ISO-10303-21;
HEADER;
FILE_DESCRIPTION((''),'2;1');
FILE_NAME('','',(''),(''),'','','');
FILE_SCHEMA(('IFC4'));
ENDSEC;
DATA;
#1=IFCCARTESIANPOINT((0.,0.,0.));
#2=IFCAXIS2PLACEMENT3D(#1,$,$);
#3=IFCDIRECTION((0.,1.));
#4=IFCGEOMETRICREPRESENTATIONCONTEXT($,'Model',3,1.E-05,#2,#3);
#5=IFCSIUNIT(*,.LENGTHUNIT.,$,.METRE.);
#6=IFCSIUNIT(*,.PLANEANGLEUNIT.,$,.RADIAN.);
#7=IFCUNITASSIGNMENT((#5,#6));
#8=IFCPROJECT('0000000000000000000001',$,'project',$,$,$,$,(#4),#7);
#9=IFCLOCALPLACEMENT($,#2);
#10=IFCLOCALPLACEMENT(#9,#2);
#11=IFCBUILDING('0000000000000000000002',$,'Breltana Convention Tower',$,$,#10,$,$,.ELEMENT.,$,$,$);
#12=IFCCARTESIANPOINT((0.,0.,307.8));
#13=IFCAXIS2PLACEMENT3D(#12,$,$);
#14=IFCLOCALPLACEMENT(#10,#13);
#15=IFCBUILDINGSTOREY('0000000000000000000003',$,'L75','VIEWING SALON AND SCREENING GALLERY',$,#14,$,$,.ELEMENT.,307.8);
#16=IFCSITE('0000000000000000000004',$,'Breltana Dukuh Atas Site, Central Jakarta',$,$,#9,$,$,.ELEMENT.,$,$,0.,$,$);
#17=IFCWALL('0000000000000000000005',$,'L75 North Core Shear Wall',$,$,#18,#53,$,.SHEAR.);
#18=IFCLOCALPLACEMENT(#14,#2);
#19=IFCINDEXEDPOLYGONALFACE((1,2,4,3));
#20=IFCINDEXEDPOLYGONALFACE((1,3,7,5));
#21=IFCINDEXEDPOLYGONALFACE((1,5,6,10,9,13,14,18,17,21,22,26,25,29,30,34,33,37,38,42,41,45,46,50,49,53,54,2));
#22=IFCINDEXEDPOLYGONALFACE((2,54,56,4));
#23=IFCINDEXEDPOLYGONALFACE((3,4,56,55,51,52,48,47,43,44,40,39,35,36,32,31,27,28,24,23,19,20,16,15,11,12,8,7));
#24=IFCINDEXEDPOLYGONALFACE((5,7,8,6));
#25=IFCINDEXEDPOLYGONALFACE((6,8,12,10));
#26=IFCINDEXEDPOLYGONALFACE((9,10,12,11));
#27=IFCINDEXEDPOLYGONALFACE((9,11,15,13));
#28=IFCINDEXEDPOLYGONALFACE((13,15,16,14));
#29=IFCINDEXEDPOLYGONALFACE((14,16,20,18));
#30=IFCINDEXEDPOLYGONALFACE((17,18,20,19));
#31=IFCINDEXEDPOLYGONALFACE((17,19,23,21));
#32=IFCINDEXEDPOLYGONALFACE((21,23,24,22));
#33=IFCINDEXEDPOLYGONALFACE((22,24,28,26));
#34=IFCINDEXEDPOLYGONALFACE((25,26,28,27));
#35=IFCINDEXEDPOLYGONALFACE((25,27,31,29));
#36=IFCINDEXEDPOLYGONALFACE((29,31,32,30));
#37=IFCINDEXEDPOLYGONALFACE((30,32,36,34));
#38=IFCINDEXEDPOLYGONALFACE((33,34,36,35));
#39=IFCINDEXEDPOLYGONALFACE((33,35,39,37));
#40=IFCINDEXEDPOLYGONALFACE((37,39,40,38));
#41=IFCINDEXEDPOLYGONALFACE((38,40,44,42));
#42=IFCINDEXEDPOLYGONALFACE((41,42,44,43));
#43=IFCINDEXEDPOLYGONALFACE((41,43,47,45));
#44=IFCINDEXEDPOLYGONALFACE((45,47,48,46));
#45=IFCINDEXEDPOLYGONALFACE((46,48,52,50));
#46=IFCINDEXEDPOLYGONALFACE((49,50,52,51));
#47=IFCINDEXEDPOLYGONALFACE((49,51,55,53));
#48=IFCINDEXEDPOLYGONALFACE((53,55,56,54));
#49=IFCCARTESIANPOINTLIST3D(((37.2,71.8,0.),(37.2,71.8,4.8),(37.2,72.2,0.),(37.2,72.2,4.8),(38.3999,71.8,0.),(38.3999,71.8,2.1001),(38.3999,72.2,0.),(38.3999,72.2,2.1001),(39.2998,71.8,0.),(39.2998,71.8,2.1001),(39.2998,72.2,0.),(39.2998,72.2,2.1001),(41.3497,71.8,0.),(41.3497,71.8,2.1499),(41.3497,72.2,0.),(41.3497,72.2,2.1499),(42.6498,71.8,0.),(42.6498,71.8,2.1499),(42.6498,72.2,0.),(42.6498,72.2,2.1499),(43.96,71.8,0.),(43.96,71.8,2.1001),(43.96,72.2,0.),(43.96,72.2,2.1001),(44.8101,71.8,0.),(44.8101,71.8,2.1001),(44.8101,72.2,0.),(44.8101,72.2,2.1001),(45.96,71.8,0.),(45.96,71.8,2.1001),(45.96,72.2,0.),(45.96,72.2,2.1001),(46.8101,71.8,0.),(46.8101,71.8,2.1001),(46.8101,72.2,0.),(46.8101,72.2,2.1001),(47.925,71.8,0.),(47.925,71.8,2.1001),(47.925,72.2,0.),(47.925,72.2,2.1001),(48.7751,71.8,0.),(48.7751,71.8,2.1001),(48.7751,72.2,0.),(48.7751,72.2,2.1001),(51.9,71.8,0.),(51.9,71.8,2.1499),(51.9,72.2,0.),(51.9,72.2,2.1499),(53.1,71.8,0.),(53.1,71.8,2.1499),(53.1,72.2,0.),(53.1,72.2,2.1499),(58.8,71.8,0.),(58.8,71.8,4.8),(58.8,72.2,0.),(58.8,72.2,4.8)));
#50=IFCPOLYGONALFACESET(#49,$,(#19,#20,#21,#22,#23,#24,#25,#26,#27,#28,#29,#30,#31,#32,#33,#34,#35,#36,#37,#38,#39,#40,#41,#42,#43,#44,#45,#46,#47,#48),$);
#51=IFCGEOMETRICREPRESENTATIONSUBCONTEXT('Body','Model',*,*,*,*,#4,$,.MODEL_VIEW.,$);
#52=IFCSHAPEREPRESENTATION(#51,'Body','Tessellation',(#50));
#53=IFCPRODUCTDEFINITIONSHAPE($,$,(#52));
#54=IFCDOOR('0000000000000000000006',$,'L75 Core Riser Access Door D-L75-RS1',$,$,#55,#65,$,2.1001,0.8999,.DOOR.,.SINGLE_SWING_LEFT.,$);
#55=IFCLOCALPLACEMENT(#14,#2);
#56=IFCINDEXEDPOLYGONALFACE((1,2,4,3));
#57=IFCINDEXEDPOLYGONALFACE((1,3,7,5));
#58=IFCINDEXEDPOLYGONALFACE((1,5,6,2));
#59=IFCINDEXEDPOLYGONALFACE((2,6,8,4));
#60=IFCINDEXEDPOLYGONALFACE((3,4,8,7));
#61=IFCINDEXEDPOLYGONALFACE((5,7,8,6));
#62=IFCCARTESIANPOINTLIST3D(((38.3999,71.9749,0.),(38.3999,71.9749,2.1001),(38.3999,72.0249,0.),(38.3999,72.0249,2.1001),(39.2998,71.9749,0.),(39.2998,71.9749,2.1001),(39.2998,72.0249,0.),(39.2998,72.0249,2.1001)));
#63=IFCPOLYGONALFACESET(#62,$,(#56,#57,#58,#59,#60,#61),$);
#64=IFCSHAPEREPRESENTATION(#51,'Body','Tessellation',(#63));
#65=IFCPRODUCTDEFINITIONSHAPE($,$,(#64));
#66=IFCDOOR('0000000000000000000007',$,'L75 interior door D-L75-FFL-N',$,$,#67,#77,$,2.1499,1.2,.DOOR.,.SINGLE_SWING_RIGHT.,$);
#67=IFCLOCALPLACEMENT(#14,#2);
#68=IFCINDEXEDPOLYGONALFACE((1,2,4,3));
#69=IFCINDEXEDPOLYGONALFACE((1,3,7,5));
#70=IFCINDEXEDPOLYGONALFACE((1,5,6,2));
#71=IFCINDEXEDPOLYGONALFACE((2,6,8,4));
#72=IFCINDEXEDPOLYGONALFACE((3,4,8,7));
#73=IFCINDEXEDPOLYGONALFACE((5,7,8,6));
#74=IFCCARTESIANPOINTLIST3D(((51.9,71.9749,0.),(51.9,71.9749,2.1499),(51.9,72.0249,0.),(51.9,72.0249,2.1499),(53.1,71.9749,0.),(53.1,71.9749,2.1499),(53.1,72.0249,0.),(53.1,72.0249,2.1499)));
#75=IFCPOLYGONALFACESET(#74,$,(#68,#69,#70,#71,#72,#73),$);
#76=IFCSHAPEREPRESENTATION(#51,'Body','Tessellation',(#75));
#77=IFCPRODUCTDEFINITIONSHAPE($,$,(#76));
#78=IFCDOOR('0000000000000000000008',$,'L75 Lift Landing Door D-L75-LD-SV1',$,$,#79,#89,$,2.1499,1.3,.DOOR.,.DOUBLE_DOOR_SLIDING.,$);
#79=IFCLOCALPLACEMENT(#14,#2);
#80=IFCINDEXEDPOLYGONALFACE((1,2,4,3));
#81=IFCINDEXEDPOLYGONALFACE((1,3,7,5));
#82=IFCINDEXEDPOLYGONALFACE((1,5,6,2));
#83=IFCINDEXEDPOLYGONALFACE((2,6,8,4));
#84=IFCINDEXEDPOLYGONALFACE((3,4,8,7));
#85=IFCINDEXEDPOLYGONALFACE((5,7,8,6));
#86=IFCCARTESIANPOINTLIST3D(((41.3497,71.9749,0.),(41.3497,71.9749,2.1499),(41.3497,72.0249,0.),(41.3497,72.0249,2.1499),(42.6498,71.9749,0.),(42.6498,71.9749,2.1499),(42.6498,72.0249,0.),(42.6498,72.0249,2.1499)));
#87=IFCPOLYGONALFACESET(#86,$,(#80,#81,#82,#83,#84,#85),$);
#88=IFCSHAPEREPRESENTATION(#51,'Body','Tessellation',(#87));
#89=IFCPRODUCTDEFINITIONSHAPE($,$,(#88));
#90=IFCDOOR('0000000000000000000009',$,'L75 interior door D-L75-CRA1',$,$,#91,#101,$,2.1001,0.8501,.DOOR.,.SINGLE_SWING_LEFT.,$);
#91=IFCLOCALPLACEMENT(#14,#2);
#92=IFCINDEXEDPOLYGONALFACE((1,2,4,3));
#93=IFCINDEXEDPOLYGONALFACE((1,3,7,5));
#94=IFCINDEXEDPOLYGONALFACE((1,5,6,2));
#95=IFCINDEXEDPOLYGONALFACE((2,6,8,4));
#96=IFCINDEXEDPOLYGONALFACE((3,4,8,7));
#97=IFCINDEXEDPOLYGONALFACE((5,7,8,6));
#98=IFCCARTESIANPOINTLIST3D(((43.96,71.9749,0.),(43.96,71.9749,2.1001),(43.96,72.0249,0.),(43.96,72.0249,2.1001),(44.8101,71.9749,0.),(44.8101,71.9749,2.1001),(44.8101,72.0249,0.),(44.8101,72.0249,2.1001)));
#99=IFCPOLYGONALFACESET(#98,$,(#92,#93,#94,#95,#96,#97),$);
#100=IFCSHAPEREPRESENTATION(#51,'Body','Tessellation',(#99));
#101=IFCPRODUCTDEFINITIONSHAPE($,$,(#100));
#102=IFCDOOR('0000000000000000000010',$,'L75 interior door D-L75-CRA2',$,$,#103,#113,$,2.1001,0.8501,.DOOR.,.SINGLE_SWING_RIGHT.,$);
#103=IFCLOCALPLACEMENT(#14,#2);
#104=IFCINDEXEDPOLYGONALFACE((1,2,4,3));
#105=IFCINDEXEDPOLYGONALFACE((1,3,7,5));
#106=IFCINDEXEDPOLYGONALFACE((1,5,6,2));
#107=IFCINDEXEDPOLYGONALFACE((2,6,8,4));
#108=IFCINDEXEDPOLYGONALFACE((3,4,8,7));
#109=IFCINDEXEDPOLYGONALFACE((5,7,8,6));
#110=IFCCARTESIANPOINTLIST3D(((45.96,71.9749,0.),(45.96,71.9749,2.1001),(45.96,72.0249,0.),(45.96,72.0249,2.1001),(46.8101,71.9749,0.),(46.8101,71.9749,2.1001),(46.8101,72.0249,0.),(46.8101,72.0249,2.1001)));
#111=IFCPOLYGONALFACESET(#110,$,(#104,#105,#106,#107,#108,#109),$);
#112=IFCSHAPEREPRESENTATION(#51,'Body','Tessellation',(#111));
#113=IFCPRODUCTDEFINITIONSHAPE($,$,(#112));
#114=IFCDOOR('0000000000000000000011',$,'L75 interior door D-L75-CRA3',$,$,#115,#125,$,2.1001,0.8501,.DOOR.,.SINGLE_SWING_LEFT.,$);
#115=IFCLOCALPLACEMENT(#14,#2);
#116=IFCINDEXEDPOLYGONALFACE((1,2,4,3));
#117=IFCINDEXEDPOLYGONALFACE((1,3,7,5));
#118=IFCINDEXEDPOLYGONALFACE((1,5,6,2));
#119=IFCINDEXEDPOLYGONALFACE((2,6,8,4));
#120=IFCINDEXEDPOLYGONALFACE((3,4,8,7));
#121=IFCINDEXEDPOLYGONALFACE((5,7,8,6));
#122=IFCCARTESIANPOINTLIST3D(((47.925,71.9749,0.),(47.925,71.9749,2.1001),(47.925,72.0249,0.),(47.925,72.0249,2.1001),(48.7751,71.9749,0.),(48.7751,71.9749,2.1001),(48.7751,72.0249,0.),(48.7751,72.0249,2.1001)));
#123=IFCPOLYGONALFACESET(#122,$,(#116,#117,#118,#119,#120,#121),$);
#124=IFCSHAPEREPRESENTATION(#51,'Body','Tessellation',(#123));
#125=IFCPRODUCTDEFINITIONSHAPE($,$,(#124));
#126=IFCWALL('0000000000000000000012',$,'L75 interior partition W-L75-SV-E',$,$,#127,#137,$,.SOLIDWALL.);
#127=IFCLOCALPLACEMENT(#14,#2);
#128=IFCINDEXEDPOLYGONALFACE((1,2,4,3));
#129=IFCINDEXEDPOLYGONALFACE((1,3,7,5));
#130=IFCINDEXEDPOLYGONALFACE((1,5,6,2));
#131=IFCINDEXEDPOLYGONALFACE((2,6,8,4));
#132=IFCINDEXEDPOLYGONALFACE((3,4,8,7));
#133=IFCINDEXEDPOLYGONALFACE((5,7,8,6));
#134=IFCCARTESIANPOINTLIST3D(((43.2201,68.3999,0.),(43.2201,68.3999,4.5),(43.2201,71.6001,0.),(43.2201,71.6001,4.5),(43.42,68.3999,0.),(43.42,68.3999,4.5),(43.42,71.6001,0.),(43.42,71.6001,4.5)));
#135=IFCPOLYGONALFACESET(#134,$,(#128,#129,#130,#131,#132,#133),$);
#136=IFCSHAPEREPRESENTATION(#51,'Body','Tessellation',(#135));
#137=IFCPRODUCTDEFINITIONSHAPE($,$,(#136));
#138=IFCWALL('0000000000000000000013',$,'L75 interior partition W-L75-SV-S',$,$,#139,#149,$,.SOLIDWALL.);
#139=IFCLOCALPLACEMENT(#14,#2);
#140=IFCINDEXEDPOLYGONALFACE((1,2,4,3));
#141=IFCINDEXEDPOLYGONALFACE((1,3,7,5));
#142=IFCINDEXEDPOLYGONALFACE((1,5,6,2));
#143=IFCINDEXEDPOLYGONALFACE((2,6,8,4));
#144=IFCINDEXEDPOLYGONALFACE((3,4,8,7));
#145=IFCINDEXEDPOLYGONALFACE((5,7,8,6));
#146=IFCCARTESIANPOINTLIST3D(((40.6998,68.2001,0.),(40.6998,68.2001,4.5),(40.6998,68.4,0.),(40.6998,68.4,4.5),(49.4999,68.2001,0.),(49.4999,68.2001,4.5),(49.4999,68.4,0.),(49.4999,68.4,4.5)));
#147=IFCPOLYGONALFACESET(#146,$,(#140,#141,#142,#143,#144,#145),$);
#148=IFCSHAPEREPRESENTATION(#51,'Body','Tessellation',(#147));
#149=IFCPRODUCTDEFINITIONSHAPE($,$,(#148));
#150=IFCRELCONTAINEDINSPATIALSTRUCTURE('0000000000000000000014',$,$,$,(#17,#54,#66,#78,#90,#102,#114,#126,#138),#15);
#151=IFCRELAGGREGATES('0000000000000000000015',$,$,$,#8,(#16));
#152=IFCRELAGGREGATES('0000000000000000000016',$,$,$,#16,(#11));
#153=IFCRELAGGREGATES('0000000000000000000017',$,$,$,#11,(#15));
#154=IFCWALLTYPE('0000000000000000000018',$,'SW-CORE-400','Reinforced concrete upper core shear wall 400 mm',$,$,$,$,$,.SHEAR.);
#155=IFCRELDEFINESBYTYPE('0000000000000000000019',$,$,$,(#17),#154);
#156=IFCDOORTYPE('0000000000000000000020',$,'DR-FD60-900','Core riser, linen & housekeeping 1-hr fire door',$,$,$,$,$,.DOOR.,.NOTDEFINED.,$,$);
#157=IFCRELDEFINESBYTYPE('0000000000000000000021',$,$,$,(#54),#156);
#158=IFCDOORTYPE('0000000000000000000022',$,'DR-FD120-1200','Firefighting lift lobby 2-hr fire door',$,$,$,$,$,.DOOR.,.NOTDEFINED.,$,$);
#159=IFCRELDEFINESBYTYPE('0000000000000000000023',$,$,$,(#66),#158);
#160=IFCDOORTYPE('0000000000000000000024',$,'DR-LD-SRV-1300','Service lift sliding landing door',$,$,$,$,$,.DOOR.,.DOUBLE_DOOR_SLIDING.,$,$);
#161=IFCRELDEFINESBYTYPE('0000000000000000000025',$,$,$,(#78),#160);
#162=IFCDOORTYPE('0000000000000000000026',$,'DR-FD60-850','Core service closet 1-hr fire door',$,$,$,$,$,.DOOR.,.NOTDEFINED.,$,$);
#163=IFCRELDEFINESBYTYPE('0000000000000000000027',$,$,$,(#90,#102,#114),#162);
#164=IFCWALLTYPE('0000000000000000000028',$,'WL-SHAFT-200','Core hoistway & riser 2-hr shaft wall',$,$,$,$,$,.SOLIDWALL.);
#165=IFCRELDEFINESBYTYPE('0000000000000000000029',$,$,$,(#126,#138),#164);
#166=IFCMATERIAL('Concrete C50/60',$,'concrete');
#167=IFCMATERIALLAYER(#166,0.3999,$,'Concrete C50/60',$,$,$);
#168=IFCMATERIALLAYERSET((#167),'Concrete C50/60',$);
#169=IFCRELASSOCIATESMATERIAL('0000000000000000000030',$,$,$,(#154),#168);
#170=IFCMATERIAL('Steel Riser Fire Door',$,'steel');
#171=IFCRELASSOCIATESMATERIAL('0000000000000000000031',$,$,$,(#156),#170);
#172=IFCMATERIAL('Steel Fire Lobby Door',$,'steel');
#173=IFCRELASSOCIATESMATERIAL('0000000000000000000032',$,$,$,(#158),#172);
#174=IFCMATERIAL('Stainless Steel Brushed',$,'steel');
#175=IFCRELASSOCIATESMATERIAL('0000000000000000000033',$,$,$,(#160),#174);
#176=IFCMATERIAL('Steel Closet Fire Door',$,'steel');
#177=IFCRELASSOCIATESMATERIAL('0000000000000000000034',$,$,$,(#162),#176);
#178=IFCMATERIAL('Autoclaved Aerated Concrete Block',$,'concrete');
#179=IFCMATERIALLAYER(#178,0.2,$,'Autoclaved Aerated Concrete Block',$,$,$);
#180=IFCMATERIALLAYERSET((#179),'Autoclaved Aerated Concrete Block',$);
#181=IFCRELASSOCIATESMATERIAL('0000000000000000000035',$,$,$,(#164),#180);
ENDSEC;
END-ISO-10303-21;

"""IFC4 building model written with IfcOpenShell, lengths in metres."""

from ifc_helpers import new_model, si_unit, direction, frame, frame_2d, origin, place, context, subcontext, project, spatial, rectangle, extrude, source, transform, mapped, material, layer, layer_set, type_object, type_shapes, element, fill, save


model = new_model("IFC4")

# Units and contexts
model_context = context("Model", 3, precision=1e-05, world=origin(), true_north=direction((0.0, 1.0)))
body_context = subcontext(model_context, "Body", "Model", "MODEL_VIEW")
ifc_project = project(units=[si_unit("LENGTHUNIT", "METRE"), si_unit("PLANEANGLEUNIT", "RADIAN")], contexts=[model_context])

# Site, building, storey
site_placement = place(None, origin())
site = spatial("IfcSite", under=ifc_project, at=site_placement, Name="Breltana Dukuh Atas Site, Central Jakarta", CompositionType="ELEMENT", RefElevation=0.0)
building_placement = place(site_placement, origin())
building = spatial("IfcBuilding", under=site, at=building_placement, Name="Breltana Convention Tower", CompositionType="ELEMENT")
storey_placement = place(building_placement, frame((0.0, 0.0, 307.8)))
storey = spatial("IfcBuildingStorey", under=building, at=storey_placement, Name="L75", Description="VIEWING SALON AND SCREENING GALLERY", CompositionType="ELEMENT", Elevation=307.8)

# Shared definitions
ifc_material_1 = material(Name="Concrete C50/60", Category="concrete")
ifc_layer_1 = layer(ifc_material_1, 0.3999, Name="Concrete C50/60")
ifc_layer_set_1 = layer_set([ifc_layer_1], Name="Concrete C50/60")
wall_type_1 = type_object("IfcWallType", Name="SW-CORE-400", Description="Reinforced concrete upper core shear wall 400 mm", PredefinedType="SHEAR", material=ifc_layer_set_1)

# Wall, openings, doors
shared_shape_1 = source(origin(), body_context, "Body", "SweptSolid", [
    extrude(rectangle(XDim=21.6001, YDim=0.3999, at=frame_2d((10.8, 0.0))), origin(), (0.0, 0.0, 1.0), 4.8),
])
wall_1_placement = place(storey_placement, frame((37.2, 72.0, 0.0), z_axis=(0.0, 0.0, 1.0), x_axis=(1.0, 0.0, 0.0)))
wall_1 = element("IfcWall", 1, at=wall_1_placement, inside=storey, type_object=wall_type_1, Name="L75 North Core Shear Wall", PredefinedType="SHEAR", context=body_context, shape_type="MappedRepresentation", body=[
    mapped(shared_shape_1, transform((0.0, 0.0, 0.0), scale=1.0)),
])
opening_1_placement = place(wall_1_placement, frame((1.2, 0.0, 0.0)))
opening_1 = element("IfcOpeningElement", 2, at=opening_1_placement, cuts=wall_1, PredefinedType="OPENING", context=body_context, shape_type="SweptSolid", body=[
    extrude(rectangle(XDim=0.8999, YDim=2.1001, at=frame_2d((0.45, 1.05))), frame((0.0, 0.21, 0.0), z_axis=(0.0, -1.0, 0.0), x_axis=(1.0, 0.0, 0.0)), (0.0, 0.0, 1.0), 0.4199),
])
opening_2_placement = place(wall_1_placement, frame((14.7, 0.0, 0.0)))
opening_2 = element("IfcOpeningElement", 3, at=opening_2_placement, cuts=wall_1, PredefinedType="OPENING", context=body_context, shape_type="SweptSolid", body=[
    extrude(rectangle(XDim=1.2, YDim=2.1499, at=frame_2d((0.6001, 1.075))), frame((0.0, 0.21, 0.0), z_axis=(0.0, -1.0, 0.0), x_axis=(1.0, 0.0, 0.0)), (0.0, 0.0, 1.0), 0.4199),
])
opening_3_placement = place(wall_1_placement, frame((4.1499, 0.0, 0.0)))
opening_3 = element("IfcOpeningElement", 4, at=opening_3_placement, cuts=wall_1, PredefinedType="OPENING", context=body_context, shape_type="SweptSolid", body=[
    extrude(rectangle(XDim=1.3, YDim=2.1499, at=frame_2d((0.6499, 1.075))), frame((0.0, 0.21, 0.0), z_axis=(0.0, -1.0, 0.0), x_axis=(1.0, 0.0, 0.0)), (0.0, 0.0, 1.0), 0.4199),
])
opening_4_placement = place(wall_1_placement, frame((6.76, 0.0, 0.0)))
opening_4 = element("IfcOpeningElement", 5, at=opening_4_placement, cuts=wall_1, PredefinedType="OPENING", context=body_context, shape_type="SweptSolid", body=[
    extrude(rectangle(XDim=0.8501, YDim=2.1001, at=frame_2d((0.425, 1.05))), frame((0.0, 0.21, 0.0), z_axis=(0.0, -1.0, 0.0), x_axis=(1.0, 0.0, 0.0)), (0.0, 0.0, 1.0), 0.4199),
])
opening_5_placement = place(wall_1_placement, frame((8.76, 0.0, 0.0)))
opening_5 = element("IfcOpeningElement", 6, at=opening_5_placement, cuts=wall_1, PredefinedType="OPENING", context=body_context, shape_type="SweptSolid", body=[
    extrude(rectangle(XDim=0.8501, YDim=2.1001, at=frame_2d((0.425, 1.05))), frame((0.0, 0.21, 0.0), z_axis=(0.0, -1.0, 0.0), x_axis=(1.0, 0.0, 0.0)), (0.0, 0.0, 1.0), 0.4199),
])
opening_6_placement = place(wall_1_placement, frame((10.7251, 0.0, 0.0)))
opening_6 = element("IfcOpeningElement", 7, at=opening_6_placement, cuts=wall_1, PredefinedType="OPENING", context=body_context, shape_type="SweptSolid", body=[
    extrude(rectangle(XDim=0.8501, YDim=2.1001, at=frame_2d((0.425, 1.05))), frame((0.0, 0.21, 0.0), z_axis=(0.0, -1.0, 0.0), x_axis=(1.0, 0.0, 0.0)), (0.0, 0.0, 1.0), 0.4199),
])
ifc_material_2 = material(Name="Steel Riser Fire Door", Category="steel")
door_type_1 = type_object("IfcDoorType", Name="DR-FD60-900", Description="Core riser, linen & housekeeping 1-hr fire door", OperationType="NOTDEFINED", PredefinedType="DOOR", material=ifc_material_2)
shared_shape_2 = source(origin(), body_context, "Body", "SweptSolid", [
    extrude(rectangle(XDim=0.8999, YDim=2.1001, at=frame_2d((0.45, 1.05))), frame((0.0, 0.0249, 0.0), z_axis=(0.0, -1.0, 0.0), x_axis=(1.0, 0.0, 0.0)), (0.0, 0.0, 1.0), 0.05),
])
type_shapes(door_type_1, [shared_shape_2])
door_1_placement = place(opening_1_placement, origin())
door_1 = element("IfcDoor", 8, at=door_1_placement, inside=storey, type_object=door_type_1, Name="L75 Core Riser Access Door D-L75-RS1", OperationType="SINGLE_SWING_LEFT", OverallHeight=2.1001, OverallWidth=0.8999, PredefinedType="DOOR", context=body_context, shape_type="MappedRepresentation", body=[
    mapped(shared_shape_2, transform((0.0, 0.0, 0.0), scale=1.0)),
])
fill(opening_1, door_1)
ifc_material_3 = material(Name="Steel Fire Lobby Door", Category="steel")
door_type_2 = type_object("IfcDoorType", Name="DR-FD120-1200", Description="Firefighting lift lobby 2-hr fire door", OperationType="NOTDEFINED", PredefinedType="DOOR", material=ifc_material_3)
shared_shape_3 = source(origin(), body_context, "Body", "SweptSolid", [
    extrude(rectangle(XDim=1.2, YDim=2.1499, at=frame_2d((0.6001, 1.075))), frame((0.0, 0.0249, 0.0), z_axis=(0.0, -1.0, 0.0), x_axis=(1.0, 0.0, 0.0)), (0.0, 0.0, 1.0), 0.05),
])
type_shapes(door_type_2, [shared_shape_3])
door_2_placement = place(opening_2_placement, origin())
door_2 = element("IfcDoor", 9, at=door_2_placement, inside=storey, type_object=door_type_2, Name="L75 interior door D-L75-FFL-N", OperationType="SINGLE_SWING_RIGHT", OverallHeight=2.1499, OverallWidth=1.2, PredefinedType="DOOR", context=body_context, shape_type="MappedRepresentation", body=[
    mapped(shared_shape_3, transform((0.0, 0.0, 0.0), scale=1.0)),
])
fill(opening_2, door_2)
ifc_material_4 = material(Name="Stainless Steel Brushed", Category="steel")
door_type_3 = type_object("IfcDoorType", Name="DR-LD-SRV-1300", Description="Service lift sliding landing door", OperationType="DOUBLE_DOOR_SLIDING", PredefinedType="DOOR", material=ifc_material_4)
shared_shape_4 = source(origin(), body_context, "Body", "SweptSolid", [
    extrude(rectangle(XDim=1.3, YDim=2.1499, at=frame_2d((0.6499, 1.075))), frame((0.0, 0.0249, 0.0), z_axis=(0.0, -1.0, 0.0), x_axis=(1.0, 0.0, 0.0)), (0.0, 0.0, 1.0), 0.05),
])
type_shapes(door_type_3, [shared_shape_4])
door_3_placement = place(opening_3_placement, origin())
door_3 = element("IfcDoor", 10, at=door_3_placement, inside=storey, type_object=door_type_3, Name="L75 Lift Landing Door D-L75-LD-SV1", OperationType="DOUBLE_DOOR_SLIDING", OverallHeight=2.1499, OverallWidth=1.3, PredefinedType="DOOR", context=body_context, shape_type="MappedRepresentation", body=[
    mapped(shared_shape_4, transform((0.0, 0.0, 0.0), scale=1.0)),
])
fill(opening_3, door_3)
ifc_material_5 = material(Name="Steel Closet Fire Door", Category="steel")
door_type_4 = type_object("IfcDoorType", Name="DR-FD60-850", Description="Core service closet 1-hr fire door", OperationType="NOTDEFINED", PredefinedType="DOOR", material=ifc_material_5)
shared_shape_5 = source(origin(), body_context, "Body", "SweptSolid", [
    extrude(rectangle(XDim=0.8501, YDim=2.1001, at=frame_2d((0.425, 1.05))), frame((0.0, 0.0249, 0.0), z_axis=(0.0, -1.0, 0.0), x_axis=(1.0, 0.0, 0.0)), (0.0, 0.0, 1.0), 0.05),
])
type_shapes(door_type_4, [shared_shape_5])
door_4_placement = place(opening_4_placement, origin())
door_4 = element("IfcDoor", 11, at=door_4_placement, inside=storey, type_object=door_type_4, Name="L75 interior door D-L75-CRA1", OperationType="SINGLE_SWING_LEFT", OverallHeight=2.1001, OverallWidth=0.8501, PredefinedType="DOOR", context=body_context, shape_type="MappedRepresentation", body=[
    mapped(shared_shape_5, transform((0.0, 0.0, 0.0), scale=1.0)),
])
fill(opening_4, door_4)
door_5_placement = place(opening_5_placement, origin())
door_5 = element("IfcDoor", 12, at=door_5_placement, inside=storey, type_object=door_type_4, Name="L75 interior door D-L75-CRA2", OperationType="SINGLE_SWING_RIGHT", OverallHeight=2.1001, OverallWidth=0.8501, PredefinedType="DOOR", context=body_context, shape_type="MappedRepresentation", body=[
    mapped(shared_shape_5, transform((0.0, 0.0, 0.0), scale=1.0)),
])
fill(opening_5, door_5)
door_6_placement = place(opening_6_placement, origin())
door_6 = element("IfcDoor", 13, at=door_6_placement, inside=storey, type_object=door_type_4, Name="L75 interior door D-L75-CRA3", OperationType="SINGLE_SWING_LEFT", OverallHeight=2.1001, OverallWidth=0.8501, PredefinedType="DOOR", context=body_context, shape_type="MappedRepresentation", body=[
    mapped(shared_shape_5, transform((0.0, 0.0, 0.0), scale=1.0)),
])
fill(opening_6, door_6)

# Walls
ifc_material_6 = material(Name="Autoclaved Aerated Concrete Block", Category="concrete")
ifc_layer_2 = layer(ifc_material_6, 0.2, Name="Autoclaved Aerated Concrete Block")
ifc_layer_set_2 = layer_set([ifc_layer_2], Name="Autoclaved Aerated Concrete Block")
wall_type_2 = type_object("IfcWallType", Name="WL-SHAFT-200", Description="Core hoistway & riser 2-hr shaft wall", PredefinedType="SOLIDWALL", material=ifc_layer_set_2)
shared_shape_6 = source(origin(), body_context, "Body", "SweptSolid", [
    extrude(rectangle(XDim=3.2002, YDim=0.2, at=frame_2d((1.6001, 0.0))), origin(), (0.0, 0.0, 1.0), 4.5),
])
wall_2_placement = place(storey_placement, frame((43.3201, 68.3999, 0.0), z_axis=(0.0, 0.0, 1.0), x_axis=(0.0, 1.0, 0.0)))
element("IfcWall", 14, at=wall_2_placement, inside=storey, type_object=wall_type_2, Name="L75 interior partition W-L75-SV-E", PredefinedType="SOLIDWALL", context=body_context, shape_type="MappedRepresentation", body=[
    mapped(shared_shape_6, transform((0.0, 0.0, 0.0), scale=1.0)),
])
shared_shape_7 = source(origin(), body_context, "Body", "SweptSolid", [
    extrude(rectangle(XDim=8.8, YDim=0.2, at=frame_2d((4.3999, 0.0))), origin(), (0.0, 0.0, 1.0), 4.5),
])
wall_3_placement = place(storey_placement, frame((40.7, 68.3, 0.0), z_axis=(0.0, 0.0, 1.0), x_axis=(1.0, 0.0, 0.0)))
element("IfcWall", 15, at=wall_3_placement, inside=storey, type_object=wall_type_2, Name="L75 interior partition W-L75-SV-S", PredefinedType="SOLIDWALL", context=body_context, shape_type="MappedRepresentation", body=[
    mapped(shared_shape_7, transform((0.0, 0.0, 0.0), scale=1.0)),
])

save(model, "model.ifc")
